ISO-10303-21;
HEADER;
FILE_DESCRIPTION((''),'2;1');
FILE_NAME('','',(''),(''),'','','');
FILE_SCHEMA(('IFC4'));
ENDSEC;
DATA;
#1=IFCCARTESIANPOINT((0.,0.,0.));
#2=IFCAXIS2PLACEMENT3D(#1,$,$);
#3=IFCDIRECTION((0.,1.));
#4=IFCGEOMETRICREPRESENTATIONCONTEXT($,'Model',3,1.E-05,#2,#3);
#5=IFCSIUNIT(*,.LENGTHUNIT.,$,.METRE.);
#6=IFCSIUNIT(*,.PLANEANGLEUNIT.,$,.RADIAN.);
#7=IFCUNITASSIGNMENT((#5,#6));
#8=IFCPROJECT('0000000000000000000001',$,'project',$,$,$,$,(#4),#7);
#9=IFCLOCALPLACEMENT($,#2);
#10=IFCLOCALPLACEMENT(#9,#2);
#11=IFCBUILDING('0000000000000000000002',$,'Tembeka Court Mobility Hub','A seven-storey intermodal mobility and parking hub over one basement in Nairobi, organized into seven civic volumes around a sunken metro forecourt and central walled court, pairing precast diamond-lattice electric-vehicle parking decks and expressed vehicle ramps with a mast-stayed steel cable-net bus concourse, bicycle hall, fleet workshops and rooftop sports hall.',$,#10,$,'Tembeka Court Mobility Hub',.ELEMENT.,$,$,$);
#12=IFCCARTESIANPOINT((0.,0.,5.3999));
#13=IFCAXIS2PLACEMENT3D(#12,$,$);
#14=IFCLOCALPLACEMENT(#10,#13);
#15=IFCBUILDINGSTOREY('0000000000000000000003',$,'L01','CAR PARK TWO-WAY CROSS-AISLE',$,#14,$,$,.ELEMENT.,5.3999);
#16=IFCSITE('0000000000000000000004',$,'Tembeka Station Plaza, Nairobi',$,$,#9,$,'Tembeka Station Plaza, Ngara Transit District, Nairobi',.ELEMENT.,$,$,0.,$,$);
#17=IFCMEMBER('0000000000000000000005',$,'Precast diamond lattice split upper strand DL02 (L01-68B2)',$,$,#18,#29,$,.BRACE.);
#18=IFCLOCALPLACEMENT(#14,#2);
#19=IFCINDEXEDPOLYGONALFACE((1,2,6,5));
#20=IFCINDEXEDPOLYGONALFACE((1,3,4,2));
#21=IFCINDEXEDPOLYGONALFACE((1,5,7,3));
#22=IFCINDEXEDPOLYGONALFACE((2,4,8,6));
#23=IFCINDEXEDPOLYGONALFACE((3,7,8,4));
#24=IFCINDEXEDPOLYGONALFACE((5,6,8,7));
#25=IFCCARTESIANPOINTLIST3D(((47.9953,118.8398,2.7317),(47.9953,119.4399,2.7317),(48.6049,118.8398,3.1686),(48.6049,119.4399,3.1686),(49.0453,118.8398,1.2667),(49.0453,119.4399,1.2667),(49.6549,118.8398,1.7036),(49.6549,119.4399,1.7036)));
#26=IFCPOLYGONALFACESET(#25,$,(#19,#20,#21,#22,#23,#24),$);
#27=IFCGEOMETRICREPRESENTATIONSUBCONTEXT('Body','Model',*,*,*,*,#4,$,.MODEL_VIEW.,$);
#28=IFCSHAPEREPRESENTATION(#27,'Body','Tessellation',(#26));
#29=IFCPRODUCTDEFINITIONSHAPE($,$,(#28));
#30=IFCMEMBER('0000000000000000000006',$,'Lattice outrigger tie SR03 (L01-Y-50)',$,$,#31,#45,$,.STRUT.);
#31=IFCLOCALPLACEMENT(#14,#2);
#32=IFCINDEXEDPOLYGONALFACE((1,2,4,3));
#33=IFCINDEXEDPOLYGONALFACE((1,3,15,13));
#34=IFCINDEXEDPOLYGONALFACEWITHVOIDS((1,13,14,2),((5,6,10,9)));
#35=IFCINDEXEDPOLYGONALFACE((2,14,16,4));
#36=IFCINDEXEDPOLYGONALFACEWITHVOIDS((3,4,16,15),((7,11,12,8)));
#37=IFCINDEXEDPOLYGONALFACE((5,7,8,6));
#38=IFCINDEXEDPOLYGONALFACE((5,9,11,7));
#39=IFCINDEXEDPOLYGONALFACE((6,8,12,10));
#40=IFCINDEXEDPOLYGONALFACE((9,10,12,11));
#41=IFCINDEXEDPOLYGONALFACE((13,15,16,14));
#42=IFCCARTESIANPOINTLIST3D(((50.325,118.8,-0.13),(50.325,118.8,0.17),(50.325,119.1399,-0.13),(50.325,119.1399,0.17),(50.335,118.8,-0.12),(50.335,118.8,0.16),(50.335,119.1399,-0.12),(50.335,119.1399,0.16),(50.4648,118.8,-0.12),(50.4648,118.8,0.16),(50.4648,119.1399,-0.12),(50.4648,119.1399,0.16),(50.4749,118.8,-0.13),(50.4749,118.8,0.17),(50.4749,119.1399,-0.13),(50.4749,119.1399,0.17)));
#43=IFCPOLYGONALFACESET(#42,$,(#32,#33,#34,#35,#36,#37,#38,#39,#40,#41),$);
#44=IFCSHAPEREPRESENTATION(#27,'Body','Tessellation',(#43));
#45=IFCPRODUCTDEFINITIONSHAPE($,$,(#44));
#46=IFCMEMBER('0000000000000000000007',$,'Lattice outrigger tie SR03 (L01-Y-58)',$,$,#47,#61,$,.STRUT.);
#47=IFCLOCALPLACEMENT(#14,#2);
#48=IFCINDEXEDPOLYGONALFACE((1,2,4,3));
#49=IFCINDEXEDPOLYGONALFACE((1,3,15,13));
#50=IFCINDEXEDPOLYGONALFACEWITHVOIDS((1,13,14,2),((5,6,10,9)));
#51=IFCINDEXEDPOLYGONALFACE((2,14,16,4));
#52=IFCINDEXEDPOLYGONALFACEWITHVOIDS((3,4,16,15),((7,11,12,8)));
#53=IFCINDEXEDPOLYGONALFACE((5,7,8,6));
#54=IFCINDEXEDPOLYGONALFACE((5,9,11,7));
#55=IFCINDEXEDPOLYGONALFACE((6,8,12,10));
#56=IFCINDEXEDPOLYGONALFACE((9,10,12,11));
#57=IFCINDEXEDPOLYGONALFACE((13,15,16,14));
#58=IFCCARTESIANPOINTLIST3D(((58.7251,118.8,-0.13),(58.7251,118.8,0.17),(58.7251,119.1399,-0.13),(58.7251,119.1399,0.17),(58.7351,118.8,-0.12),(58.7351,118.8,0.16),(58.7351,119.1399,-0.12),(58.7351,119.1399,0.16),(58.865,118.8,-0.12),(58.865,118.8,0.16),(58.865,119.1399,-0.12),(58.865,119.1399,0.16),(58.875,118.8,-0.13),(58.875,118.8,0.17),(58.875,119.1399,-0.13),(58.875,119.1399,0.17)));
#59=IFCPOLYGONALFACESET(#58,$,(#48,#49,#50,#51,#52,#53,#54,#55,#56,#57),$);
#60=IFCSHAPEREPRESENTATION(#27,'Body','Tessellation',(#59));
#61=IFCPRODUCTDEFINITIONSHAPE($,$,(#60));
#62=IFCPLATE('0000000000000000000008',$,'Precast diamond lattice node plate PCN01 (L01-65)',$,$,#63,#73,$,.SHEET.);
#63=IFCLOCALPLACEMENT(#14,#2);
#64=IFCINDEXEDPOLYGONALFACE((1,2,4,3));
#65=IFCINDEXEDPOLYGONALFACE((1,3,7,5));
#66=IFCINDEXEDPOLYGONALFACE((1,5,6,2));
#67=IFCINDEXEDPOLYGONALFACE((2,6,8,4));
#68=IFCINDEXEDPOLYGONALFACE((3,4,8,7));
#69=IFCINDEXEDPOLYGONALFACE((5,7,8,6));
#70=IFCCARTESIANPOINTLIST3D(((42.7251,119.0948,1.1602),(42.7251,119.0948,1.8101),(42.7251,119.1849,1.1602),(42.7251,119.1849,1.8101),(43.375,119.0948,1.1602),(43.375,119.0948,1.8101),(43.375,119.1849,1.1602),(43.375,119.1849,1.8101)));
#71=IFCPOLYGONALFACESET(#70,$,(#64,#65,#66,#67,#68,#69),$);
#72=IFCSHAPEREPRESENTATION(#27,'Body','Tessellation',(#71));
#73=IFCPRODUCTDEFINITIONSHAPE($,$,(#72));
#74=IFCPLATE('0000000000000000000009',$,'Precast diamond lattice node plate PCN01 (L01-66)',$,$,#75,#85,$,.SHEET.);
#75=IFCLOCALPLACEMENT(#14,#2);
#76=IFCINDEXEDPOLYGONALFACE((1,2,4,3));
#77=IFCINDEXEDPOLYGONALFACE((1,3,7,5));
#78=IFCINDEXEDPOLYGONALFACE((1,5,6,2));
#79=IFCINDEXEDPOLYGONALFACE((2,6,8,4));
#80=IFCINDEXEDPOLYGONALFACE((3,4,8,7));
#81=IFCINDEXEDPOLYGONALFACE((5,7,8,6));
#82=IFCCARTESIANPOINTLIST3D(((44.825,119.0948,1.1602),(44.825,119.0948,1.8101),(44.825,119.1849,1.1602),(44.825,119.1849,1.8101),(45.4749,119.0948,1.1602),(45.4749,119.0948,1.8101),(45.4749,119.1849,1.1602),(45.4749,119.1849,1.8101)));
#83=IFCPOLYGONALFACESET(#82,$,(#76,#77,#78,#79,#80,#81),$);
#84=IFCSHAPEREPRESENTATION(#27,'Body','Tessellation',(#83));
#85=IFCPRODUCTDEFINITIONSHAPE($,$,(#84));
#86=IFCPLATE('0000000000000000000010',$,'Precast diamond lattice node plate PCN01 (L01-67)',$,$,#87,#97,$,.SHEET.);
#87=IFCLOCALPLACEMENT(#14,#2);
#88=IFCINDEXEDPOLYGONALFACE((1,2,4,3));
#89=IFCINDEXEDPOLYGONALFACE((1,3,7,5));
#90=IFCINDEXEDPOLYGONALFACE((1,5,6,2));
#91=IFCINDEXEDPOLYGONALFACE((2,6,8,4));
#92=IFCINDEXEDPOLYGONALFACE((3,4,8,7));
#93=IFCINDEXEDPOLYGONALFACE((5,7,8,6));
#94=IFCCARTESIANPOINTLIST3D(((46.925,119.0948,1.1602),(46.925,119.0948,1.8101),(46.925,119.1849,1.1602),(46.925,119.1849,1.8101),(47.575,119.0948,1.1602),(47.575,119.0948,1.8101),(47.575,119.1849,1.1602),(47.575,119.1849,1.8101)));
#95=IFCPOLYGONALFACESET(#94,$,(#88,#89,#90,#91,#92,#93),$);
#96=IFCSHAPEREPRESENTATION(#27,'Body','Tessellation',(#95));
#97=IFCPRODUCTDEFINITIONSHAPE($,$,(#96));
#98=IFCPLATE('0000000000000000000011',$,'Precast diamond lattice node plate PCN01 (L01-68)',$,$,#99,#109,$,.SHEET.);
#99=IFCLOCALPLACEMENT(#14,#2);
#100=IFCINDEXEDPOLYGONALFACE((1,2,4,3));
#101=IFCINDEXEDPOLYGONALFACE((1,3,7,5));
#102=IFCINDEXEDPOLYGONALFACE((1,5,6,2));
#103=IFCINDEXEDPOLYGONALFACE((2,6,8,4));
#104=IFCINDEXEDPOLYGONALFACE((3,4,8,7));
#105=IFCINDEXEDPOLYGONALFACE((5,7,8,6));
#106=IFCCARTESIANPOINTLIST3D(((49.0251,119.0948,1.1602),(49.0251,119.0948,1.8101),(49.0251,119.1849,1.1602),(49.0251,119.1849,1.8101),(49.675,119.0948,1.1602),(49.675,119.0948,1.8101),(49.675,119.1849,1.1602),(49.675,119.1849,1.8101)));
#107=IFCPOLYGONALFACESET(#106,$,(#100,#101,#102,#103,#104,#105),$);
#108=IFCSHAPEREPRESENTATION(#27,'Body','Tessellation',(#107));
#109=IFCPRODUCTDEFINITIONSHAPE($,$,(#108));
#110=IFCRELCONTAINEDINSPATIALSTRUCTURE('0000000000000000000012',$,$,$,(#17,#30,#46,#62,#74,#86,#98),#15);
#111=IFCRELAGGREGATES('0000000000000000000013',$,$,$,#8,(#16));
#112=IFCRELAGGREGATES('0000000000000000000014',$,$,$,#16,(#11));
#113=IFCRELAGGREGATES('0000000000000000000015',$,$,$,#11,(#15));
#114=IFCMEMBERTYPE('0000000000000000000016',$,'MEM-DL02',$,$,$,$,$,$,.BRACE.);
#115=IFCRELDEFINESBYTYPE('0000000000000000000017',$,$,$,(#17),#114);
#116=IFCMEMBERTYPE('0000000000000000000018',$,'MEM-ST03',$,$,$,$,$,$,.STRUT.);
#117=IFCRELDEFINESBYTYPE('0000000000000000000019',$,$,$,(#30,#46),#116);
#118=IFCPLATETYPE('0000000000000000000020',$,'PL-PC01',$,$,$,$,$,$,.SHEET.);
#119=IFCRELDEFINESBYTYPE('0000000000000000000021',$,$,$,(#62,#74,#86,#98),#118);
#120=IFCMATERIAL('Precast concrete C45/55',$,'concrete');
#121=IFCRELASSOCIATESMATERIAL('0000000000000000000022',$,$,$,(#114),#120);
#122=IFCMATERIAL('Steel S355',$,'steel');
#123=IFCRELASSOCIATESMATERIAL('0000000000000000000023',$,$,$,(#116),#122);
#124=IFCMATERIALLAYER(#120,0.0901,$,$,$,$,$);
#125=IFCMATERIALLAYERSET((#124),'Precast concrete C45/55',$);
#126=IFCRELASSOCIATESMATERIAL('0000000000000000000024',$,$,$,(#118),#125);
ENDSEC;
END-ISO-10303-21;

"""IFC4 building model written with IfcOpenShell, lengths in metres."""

from ifc_helpers import new_model, si_unit, direction, frame, origin, origin_2d, place, context, subcontext, project, spatial, rectangle, hollow_rectangle, extrude, material, layer, layer_set, material_profile, profile_set, type_object, element, save


model = new_model("IFC4")

# Units and contexts
model_context = context("Model", 3, precision=1e-05, world=origin(), true_north=direction((0.0, 1.0)))
body_context = subcontext(model_context, "Body", "Model", "MODEL_VIEW")
ifc_project = project(units=[si_unit("LENGTHUNIT", "METRE"), si_unit("PLANEANGLEUNIT", "RADIAN")], contexts=[model_context])

# Site, building, storey
site_placement = place(None, origin())
site = spatial("IfcSite", under=ifc_project, at=site_placement, Name="Tembeka Station Plaza, Nairobi", LongName="Tembeka Station Plaza, Ngara Transit District, Nairobi", CompositionType="ELEMENT", RefElevation=0.0)
building_placement = place(site_placement, origin())
building = spatial("IfcBuilding", under=site, at=building_placement, Name="Tembeka Court Mobility Hub", Description="A seven-storey intermodal mobility and parking hub over one basement in Nairobi, organized into seven civic volumes around a sunken metro forecourt and central walled court, pairing precast diamond-lattice electric-vehicle parking decks and expressed vehicle ramps with a mast-stayed steel cable-net bus concourse, bicycle hall, fleet workshops and rooftop sports hall.", LongName="Tembeka Court Mobility Hub", CompositionType="ELEMENT")
storey_placement = place(building_placement, frame((0.0, 0.0, 5.3999)))
storey = spatial("IfcBuildingStorey", under=building, at=storey_placement, Name="L01", Description="CAR PARK TWO-WAY CROSS-AISLE", CompositionType="ELEMENT", Elevation=5.3999)

# Shared definitions
ifc_material_1 = material(Name="Steel S355", Category="steel")

# Shared definitions
ifc_material_2 = material(Name="Precast concrete C45/55", Category="concrete")

# Members
ifc_material_profile_1 = material_profile(ifc_material_2, rectangle(XDim=0.6001, YDim=0.75, at=origin_2d()), Name="PC-DIAG 600x750")
ifc_profile_set_1 = profile_set([ifc_material_profile_1], Name="Precast concrete C45/55")
member_type_1 = type_object("IfcMemberType", Name="MEM-DL02", PredefinedType="BRACE", material=ifc_profile_set_1)
member_1_placement = place(storey_placement, frame((49.3501, 119.1399, 1.4851), z_axis=(-0.582544, 0.0, 0.812799), x_axis=(0.0, -1.0, 0.0)))
element("IfcMember", 1, at=member_1_placement, inside=storey, type_object=member_type_1, Name="Precast diamond lattice split upper strand DL02 (L01-68B2)", PredefinedType="BRACE", context=body_context, shape_type="SweptSolid", body=[
    extrude(rectangle(XDim=0.6001, YDim=0.75, at=origin_2d()), origin(), (0.0, 0.0, 1.0), 1.8025),
])
ifc_material_profile_2 = material_profile(ifc_material_1, hollow_rectangle(XDim=0.1499, YDim=0.3, WallThickness=0.01, at=origin_2d()), Name="RHS 300x150x10")
ifc_profile_set_2 = profile_set([ifc_material_profile_2], Name="Steel S355")
member_type_2 = type_object("IfcMemberType", Name="MEM-ST03", PredefinedType="STRUT", material=ifc_profile_set_2)
for number, where, z_axis, x_axis, name in (
    (2, (50.3999, 118.8, 0.02), (0.0, 1.0, 0.0), (-1.0, 0.0, 0.0), "Lattice outrigger tie SR03 (L01-Y-50)"),
    (3, (58.8, 118.8, 0.02), (0.0, 1.0, 0.0), (-1.0, 0.0, 0.0), "Lattice outrigger tie SR03 (L01-Y-58)"),
):
    element("IfcMember", number, at=place(storey_placement, frame(where, z_axis=z_axis, x_axis=x_axis)), inside=storey, type_object=member_type_2, Name=name, PredefinedType="STRUT", context=body_context, shape_type="SweptSolid", body=[
        extrude(hollow_rectangle(XDim=0.1499, YDim=0.3, WallThickness=0.01, at=origin_2d()), origin(), (0.0, 0.0, 1.0), 0.3398),
    ])

# Plates
ifc_layer = layer(ifc_material_2, 0.0901)
ifc_layer_set = layer_set([ifc_layer], Name="Precast concrete C45/55")
plate_type = type_object("IfcPlateType", Name="PL-PC01", PredefinedType="SHEET", material=ifc_layer_set)
for number, where, z_axis, x_axis, name in (
    (4, (43.05, 119.1399, 1.1602), (0.0, 0.0, 1.0), (1.0, 0.0, 0.0), "Precast diamond lattice node plate PCN01 (L01-65)"),
    (5, (45.1499, 119.1399, 1.1602), (0.0, 0.0, 1.0), (1.0, 0.0, 0.0), "Precast diamond lattice node plate PCN01 (L01-66)"),
    (6, (47.25, 119.1399, 1.1602), (0.0, 0.0, 1.0), (1.0, 0.0, 0.0), "Precast diamond lattice node plate PCN01 (L01-67)"),
    (7, (49.3501, 119.1399, 1.1602), (0.0, 0.0, 1.0), (1.0, 0.0, 0.0), "Precast diamond lattice node plate PCN01 (L01-68)"),
):
    element("IfcPlate", number, at=place(storey_placement, frame(where, z_axis=z_axis, x_axis=x_axis)), inside=storey, type_object=plate_type, Name=name, PredefinedType="SHEET", context=body_context, shape_type="SweptSolid", body=[
        extrude(rectangle(XDim=0.6499, YDim=0.0901, at=origin_2d()), origin(), (0.0, 0.0, 1.0), 0.6499),
    ])

save(model, "model.ifc")
